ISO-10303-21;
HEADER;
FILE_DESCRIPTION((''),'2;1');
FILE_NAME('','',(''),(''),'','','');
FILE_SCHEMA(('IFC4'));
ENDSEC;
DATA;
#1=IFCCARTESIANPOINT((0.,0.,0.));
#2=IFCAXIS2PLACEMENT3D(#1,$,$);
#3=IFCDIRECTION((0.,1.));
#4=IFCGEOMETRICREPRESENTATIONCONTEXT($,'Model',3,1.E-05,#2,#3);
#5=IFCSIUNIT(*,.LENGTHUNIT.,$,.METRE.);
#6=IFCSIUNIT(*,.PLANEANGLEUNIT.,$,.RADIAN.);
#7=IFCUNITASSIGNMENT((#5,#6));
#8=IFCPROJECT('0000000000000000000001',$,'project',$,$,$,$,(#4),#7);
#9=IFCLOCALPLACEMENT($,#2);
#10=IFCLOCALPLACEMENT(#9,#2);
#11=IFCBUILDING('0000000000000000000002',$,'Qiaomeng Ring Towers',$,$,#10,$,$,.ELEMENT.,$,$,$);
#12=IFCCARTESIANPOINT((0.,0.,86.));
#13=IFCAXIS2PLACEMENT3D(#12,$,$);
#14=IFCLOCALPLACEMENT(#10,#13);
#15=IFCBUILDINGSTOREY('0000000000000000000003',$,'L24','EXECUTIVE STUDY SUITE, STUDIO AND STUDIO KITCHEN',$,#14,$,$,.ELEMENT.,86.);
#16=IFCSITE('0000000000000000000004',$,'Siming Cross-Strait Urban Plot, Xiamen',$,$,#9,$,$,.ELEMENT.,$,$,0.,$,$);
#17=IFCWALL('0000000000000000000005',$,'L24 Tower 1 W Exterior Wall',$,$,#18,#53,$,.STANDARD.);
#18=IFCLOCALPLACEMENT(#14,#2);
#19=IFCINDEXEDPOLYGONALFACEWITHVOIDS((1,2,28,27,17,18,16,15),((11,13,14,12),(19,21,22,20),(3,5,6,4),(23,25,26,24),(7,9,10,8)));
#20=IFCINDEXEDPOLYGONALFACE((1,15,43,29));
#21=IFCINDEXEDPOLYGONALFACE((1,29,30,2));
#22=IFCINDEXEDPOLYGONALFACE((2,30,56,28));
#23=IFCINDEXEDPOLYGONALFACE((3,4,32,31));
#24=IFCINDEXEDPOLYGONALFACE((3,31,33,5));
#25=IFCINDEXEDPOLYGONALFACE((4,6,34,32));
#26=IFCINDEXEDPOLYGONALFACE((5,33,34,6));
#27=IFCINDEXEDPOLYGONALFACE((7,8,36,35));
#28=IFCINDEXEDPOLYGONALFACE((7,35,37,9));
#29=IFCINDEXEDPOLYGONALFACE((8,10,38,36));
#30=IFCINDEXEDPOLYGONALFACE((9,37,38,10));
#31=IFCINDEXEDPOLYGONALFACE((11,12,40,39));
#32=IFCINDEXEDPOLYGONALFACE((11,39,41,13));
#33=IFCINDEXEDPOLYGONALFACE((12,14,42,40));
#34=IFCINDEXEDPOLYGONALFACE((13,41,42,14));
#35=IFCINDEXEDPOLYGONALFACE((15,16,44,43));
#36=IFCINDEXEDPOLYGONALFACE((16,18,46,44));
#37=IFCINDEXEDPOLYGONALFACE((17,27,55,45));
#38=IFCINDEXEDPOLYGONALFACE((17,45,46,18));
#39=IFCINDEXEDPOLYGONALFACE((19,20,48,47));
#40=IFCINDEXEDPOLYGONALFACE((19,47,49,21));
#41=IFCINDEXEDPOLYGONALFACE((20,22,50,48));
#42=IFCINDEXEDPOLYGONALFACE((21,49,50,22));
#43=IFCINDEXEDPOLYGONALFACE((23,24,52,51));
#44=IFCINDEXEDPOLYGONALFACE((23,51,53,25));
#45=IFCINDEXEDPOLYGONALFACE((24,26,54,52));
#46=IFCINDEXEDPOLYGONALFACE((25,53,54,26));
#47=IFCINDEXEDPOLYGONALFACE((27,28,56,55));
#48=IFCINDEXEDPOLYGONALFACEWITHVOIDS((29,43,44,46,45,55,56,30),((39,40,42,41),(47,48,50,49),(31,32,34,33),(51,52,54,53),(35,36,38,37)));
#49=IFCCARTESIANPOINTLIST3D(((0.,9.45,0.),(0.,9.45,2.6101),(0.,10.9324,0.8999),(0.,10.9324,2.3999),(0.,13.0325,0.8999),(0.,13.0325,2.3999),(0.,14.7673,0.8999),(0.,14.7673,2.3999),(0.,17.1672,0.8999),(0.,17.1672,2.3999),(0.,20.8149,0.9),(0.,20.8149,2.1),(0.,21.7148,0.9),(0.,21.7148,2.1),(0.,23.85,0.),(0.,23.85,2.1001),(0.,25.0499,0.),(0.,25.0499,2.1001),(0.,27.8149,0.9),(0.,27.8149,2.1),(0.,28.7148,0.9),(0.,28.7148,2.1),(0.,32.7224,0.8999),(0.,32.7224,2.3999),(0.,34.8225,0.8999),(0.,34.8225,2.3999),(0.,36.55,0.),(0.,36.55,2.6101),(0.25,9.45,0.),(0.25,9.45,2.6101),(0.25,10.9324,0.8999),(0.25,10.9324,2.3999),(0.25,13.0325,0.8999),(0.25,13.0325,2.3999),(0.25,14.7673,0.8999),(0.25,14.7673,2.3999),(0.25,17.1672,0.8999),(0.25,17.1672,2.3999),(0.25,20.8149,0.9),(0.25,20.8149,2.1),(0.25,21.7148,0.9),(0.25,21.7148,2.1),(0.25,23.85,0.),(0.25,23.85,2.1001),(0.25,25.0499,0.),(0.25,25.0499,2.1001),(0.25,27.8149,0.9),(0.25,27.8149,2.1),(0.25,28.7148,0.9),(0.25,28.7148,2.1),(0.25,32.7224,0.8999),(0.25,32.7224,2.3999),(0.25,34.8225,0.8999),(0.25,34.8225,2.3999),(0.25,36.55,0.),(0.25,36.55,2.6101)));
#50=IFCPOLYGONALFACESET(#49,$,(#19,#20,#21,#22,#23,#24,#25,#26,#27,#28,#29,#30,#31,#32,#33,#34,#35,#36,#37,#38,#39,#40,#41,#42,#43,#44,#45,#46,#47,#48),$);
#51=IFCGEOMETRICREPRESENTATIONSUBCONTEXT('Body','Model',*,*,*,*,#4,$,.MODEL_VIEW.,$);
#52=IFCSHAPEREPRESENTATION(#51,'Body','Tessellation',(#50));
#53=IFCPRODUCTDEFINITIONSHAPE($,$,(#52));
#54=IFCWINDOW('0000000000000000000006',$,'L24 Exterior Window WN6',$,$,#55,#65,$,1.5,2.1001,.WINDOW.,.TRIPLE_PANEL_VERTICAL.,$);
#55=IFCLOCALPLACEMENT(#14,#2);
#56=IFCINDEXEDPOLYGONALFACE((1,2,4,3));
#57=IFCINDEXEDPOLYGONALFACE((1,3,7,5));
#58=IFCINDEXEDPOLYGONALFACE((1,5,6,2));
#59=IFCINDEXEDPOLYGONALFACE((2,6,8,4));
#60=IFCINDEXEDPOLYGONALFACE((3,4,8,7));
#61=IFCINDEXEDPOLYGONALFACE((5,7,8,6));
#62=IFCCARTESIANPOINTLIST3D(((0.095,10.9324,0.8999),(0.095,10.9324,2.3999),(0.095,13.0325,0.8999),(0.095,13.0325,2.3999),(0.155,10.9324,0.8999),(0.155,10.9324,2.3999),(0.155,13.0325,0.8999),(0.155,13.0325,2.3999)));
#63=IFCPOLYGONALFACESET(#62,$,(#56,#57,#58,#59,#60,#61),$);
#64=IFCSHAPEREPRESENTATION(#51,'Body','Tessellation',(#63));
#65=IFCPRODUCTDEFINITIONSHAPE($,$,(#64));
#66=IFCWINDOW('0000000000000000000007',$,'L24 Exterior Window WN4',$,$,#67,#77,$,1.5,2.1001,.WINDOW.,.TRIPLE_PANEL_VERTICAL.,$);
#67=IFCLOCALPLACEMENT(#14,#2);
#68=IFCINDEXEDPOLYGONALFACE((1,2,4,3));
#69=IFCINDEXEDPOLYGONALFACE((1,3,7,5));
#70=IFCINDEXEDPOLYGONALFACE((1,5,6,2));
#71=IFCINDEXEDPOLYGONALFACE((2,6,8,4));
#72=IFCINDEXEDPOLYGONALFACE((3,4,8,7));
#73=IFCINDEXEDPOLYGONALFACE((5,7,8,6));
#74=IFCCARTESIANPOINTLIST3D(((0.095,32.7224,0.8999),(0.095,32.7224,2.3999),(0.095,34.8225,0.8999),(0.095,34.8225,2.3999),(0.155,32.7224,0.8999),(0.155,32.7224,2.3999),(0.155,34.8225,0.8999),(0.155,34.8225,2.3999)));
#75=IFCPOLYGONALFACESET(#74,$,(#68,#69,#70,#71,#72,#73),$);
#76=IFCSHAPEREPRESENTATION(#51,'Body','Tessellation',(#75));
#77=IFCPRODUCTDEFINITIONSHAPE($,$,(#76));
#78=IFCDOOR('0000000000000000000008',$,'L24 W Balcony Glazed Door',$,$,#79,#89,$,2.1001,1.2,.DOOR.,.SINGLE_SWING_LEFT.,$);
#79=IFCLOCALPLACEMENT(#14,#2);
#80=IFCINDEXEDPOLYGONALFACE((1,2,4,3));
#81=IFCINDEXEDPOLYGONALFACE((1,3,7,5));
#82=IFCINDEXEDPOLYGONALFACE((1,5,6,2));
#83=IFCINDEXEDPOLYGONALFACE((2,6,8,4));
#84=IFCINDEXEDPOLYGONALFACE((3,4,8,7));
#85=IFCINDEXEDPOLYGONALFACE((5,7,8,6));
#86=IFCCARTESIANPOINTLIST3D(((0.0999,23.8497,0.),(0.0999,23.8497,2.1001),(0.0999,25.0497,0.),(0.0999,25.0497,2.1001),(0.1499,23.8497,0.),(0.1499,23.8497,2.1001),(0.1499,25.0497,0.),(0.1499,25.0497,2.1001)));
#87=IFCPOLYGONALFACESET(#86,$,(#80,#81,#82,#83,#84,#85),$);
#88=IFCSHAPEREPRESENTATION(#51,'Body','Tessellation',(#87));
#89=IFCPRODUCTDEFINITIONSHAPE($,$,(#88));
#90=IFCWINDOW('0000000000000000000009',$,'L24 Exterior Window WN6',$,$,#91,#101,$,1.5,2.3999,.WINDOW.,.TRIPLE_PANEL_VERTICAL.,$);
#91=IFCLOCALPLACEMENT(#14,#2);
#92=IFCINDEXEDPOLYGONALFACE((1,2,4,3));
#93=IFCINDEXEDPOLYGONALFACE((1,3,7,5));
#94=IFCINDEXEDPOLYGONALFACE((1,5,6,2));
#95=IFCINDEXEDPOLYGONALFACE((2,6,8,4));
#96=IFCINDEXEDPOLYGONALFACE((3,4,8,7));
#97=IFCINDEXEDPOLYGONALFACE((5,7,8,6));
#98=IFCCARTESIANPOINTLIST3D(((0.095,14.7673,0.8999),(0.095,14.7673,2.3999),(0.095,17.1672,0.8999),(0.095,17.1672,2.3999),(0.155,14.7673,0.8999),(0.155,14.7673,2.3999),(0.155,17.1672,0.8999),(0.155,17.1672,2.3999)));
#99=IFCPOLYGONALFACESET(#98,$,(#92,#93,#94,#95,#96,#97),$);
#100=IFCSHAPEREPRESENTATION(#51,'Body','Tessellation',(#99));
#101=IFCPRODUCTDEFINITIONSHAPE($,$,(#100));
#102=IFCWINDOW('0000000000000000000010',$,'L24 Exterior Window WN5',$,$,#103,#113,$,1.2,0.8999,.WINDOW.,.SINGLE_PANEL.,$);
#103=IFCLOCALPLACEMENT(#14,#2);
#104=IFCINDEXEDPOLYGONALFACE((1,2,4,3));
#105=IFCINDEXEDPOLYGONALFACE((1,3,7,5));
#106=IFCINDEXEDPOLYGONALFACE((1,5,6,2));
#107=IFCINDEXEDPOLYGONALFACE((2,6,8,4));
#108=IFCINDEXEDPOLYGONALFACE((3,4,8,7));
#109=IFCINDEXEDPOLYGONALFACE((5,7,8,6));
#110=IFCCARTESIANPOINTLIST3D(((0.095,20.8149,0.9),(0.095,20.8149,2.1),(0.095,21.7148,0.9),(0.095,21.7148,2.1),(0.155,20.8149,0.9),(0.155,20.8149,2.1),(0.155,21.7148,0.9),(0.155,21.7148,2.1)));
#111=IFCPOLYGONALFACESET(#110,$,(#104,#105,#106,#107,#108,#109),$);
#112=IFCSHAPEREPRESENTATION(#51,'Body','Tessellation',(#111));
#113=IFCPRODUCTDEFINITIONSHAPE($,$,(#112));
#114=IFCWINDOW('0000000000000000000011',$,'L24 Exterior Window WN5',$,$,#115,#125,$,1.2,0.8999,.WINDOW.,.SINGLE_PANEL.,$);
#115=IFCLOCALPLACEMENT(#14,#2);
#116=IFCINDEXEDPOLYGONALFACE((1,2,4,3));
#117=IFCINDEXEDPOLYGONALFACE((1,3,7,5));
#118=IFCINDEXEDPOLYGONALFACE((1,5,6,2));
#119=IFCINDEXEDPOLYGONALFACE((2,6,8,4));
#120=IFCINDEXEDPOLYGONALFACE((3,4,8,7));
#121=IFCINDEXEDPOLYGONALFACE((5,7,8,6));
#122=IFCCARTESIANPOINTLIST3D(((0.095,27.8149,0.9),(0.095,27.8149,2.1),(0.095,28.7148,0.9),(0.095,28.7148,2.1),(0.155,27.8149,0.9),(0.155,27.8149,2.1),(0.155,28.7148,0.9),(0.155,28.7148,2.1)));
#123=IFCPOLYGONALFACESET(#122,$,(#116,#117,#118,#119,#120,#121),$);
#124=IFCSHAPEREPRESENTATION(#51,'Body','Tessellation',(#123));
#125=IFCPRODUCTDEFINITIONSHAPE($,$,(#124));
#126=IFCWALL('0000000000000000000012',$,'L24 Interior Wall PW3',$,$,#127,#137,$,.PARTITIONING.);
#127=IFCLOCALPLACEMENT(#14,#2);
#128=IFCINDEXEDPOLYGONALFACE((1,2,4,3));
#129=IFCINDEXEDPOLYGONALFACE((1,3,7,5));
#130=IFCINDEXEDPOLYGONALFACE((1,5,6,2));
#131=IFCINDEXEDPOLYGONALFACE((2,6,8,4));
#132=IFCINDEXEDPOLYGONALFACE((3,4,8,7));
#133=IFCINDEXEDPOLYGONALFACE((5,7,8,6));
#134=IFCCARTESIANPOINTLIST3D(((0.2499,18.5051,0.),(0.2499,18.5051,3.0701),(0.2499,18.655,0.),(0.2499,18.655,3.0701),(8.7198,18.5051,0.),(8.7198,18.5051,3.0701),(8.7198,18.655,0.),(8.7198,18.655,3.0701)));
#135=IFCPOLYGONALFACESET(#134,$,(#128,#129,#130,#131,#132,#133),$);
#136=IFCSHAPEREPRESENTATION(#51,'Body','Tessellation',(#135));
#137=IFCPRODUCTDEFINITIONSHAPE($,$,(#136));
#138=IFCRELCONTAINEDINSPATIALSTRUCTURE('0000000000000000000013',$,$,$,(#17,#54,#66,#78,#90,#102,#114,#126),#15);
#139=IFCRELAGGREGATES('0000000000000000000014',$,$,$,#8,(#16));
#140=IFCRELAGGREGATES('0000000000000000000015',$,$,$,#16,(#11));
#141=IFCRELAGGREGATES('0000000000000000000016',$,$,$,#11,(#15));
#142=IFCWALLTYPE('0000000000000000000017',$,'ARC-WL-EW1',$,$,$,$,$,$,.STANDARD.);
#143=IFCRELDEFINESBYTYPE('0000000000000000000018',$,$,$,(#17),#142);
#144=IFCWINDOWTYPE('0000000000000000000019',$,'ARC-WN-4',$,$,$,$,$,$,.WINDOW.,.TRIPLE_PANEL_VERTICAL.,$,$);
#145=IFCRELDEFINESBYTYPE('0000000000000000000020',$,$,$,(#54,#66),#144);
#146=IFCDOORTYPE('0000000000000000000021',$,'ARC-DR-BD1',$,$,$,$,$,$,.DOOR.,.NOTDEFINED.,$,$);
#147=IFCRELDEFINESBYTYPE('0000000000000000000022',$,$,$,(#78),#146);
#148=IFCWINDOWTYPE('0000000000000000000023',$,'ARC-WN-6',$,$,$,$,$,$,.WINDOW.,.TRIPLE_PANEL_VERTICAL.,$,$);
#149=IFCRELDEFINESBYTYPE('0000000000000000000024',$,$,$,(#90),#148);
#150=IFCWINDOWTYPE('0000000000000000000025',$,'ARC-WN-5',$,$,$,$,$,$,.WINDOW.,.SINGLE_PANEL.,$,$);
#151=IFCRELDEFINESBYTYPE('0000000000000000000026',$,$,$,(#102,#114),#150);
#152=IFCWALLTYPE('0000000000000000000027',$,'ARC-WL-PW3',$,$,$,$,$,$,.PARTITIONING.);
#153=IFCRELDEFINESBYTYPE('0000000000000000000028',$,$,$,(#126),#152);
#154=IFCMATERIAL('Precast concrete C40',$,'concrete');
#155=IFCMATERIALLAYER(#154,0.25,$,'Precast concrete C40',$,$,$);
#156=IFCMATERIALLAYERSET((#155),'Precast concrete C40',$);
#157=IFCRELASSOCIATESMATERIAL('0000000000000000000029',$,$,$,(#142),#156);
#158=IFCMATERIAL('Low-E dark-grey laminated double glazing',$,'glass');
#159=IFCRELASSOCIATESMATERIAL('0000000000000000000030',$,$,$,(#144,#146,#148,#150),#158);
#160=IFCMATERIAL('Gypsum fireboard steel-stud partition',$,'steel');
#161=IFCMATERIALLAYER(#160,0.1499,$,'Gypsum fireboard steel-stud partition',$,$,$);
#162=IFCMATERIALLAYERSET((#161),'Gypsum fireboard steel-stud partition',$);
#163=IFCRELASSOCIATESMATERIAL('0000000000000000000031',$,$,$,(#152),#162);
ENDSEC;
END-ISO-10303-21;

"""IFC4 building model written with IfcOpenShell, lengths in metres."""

from ifc_helpers import new_model, si_unit, direction, frame, frame_2d, origin, place, context, subcontext, project, spatial, rectangle, extrude, source, transform, mapped, material, layer, layer_set, type_object, element, fill, save


model = new_model("IFC4")

# Units and contexts
model_context = context("Model", 3, precision=1e-05, world=origin(), true_north=direction((0.0, 1.0)))
body_context = subcontext(model_context, "Body", "Model", "MODEL_VIEW")
ifc_project = project(units=[si_unit("LENGTHUNIT", "METRE"), si_unit("PLANEANGLEUNIT", "RADIAN")], contexts=[model_context])

# Site, building, storey
site_placement = place(None, origin())
site = spatial("IfcSite", under=ifc_project, at=site_placement, Name="Siming Cross-Strait Urban Plot, Xiamen", CompositionType="ELEMENT", RefElevation=0.0)
building_placement = place(site_placement, origin())
building = spatial("IfcBuilding", under=site, at=building_placement, Name="Qiaomeng Ring Towers", CompositionType="ELEMENT")
storey_placement = place(building_placement, frame((0.0, 0.0, 86.0)))
storey = spatial("IfcBuildingStorey", under=building, at=storey_placement, Name="L24", Description="EXECUTIVE STUDY SUITE, STUDIO AND STUDIO KITCHEN", CompositionType="ELEMENT", Elevation=86.0)

# Wall, openings, windows, door
ifc_material_1 = material(Name="Precast concrete C40", Category="concrete")
ifc_layer_1 = layer(ifc_material_1, 0.25, Name="Precast concrete C40")
ifc_layer_set_1 = layer_set([ifc_layer_1], Name="Precast concrete C40")
wall_type_1 = type_object("IfcWallType", Name="ARC-WL-EW1", PredefinedType="STANDARD", material=ifc_layer_set_1)
wall_1_placement = place(storey_placement, frame((0.125, 9.45, 0.0), z_axis=(0.0, 0.0, 1.0), x_axis=(0.0, 1.0, 0.0)))
wall_1 = element("IfcWall", 1, at=wall_1_placement, inside=storey, type_object=wall_type_1, Name="L24 Tower 1 W Exterior Wall", PredefinedType="STANDARD", context=body_context, shape_type="SweptSolid", body=[
    extrude(rectangle(XDim=27.1001, YDim=0.25, at=frame_2d((13.55, 0.0))), origin(), (0.0, 0.0, 1.0), 2.6101),
])
opening_1_placement = place(wall_1_placement, frame((14.3999, 0.0, 0.0)))
opening_1 = element("IfcOpeningElement", 2, at=opening_1_placement, cuts=wall_1, PredefinedType="OPENING", context=body_context, shape_type="SweptSolid", body=[
    extrude(rectangle(XDim=1.2, YDim=2.1001, at=frame_2d((0.6001, 1.05))), frame((0.0, 0.135, 0.0), z_axis=(0.0, -1.0, 0.0), x_axis=(1.0, 0.0, 0.0)), (0.0, 0.0, 1.0), 0.27),
])
opening_2_placement = place(wall_1_placement, frame((1.4824, 0.0, 0.8999)))
opening_2 = element("IfcOpeningElement", 3, at=opening_2_placement, cuts=wall_1, PredefinedType="OPENING", context=body_context, shape_type="SweptSolid", body=[
    extrude(rectangle(XDim=2.1001, YDim=1.5, at=frame_2d((1.05, 0.75))), frame((0.0, 0.135, 0.0), z_axis=(0.0, -1.0, 0.0), x_axis=(1.0, 0.0, 0.0)), (0.0, 0.0, 1.0), 0.27),
])
opening_3_placement = place(wall_1_placement, frame((23.2725, 0.0, 0.8999)))
opening_3 = element("IfcOpeningElement", 4, at=opening_3_placement, cuts=wall_1, PredefinedType="OPENING", context=body_context, shape_type="SweptSolid", body=[
    extrude(rectangle(XDim=2.1001, YDim=1.5, at=frame_2d((1.05, 0.75))), frame((0.0, 0.135, 0.0), z_axis=(0.0, -1.0, 0.0), x_axis=(1.0, 0.0, 0.0)), (0.0, 0.0, 1.0), 0.27),
])
opening_4_placement = place(wall_1_placement, frame((5.3174, 0.0, 0.8999)))
opening_4 = element("IfcOpeningElement", 5, at=opening_4_placement, cuts=wall_1, PredefinedType="OPENING", context=body_context, shape_type="SweptSolid", body=[
    extrude(rectangle(XDim=2.3999, YDim=1.5, at=frame_2d((1.2, 0.75))), frame((0.0, 0.135, 0.0), z_axis=(0.0, -1.0, 0.0), x_axis=(1.0, 0.0, 0.0)), (0.0, 0.0, 1.0), 0.27),
])
opening_5_placement = place(wall_1_placement, frame((11.365, 0.0, 0.8999)))
opening_5 = element("IfcOpeningElement", 6, at=opening_5_placement, cuts=wall_1, PredefinedType="OPENING", context=body_context, shape_type="SweptSolid", body=[
    extrude(rectangle(XDim=0.8999, YDim=1.2, at=frame_2d((0.45, 0.6001))), frame((0.0, 0.135, 0.0), z_axis=(0.0, -1.0, 0.0), x_axis=(1.0, 0.0, 0.0)), (0.0, 0.0, 1.0), 0.27),
])
opening_6_placement = place(wall_1_placement, frame((18.365, 0.0, 0.8999)))
opening_6 = element("IfcOpeningElement", 7, at=opening_6_placement, cuts=wall_1, PredefinedType="OPENING", context=body_context, shape_type="SweptSolid", body=[
    extrude(rectangle(XDim=0.8999, YDim=1.2, at=frame_2d((0.45, 0.6001))), frame((0.0, 0.135, 0.0), z_axis=(0.0, -1.0, 0.0), x_axis=(1.0, 0.0, 0.0)), (0.0, 0.0, 1.0), 0.27),
])
ifc_material_2 = material(Name="Low-E dark-grey laminated double glazing", Category="glass")
window_type_1 = type_object("IfcWindowType", Name="ARC-WN-4", PartitioningType="TRIPLE_PANEL_VERTICAL", PredefinedType="WINDOW", material=ifc_material_2)
shared_shape_1 = source(origin(), body_context, "Body", "SweptSolid", [
    extrude(rectangle(XDim=2.1001, YDim=1.5, at=frame_2d((1.05, 0.75))), frame((0.0, 0.03, 0.0), z_axis=(0.0, -1.0, 0.0), x_axis=(1.0, 0.0, 0.0)), (0.0, 0.0, 1.0), 0.0601),
])
window_1_placement = place(opening_2_placement, origin())
window_1 = element("IfcWindow", 8, at=window_1_placement, inside=storey, type_object=window_type_1, Name="L24 Exterior Window WN6", OverallHeight=1.5, OverallWidth=2.1001, PartitioningType="TRIPLE_PANEL_VERTICAL", PredefinedType="WINDOW", context=body_context, shape_type="MappedRepresentation", body=[
    mapped(shared_shape_1, transform((0.0, 0.0, 0.0), x_axis=(1.0, 0.0, 0.0), y_axis=(0.0, 1.0, 0.0), z_axis=(0.0, 0.0, 1.0), scale=1.0)),
])
fill(opening_2, window_1)
window_2_placement = place(opening_3_placement, origin())
window_2 = element("IfcWindow", 9, at=window_2_placement, inside=storey, type_object=window_type_1, Name="L24 Exterior Window WN4", OverallHeight=1.5, OverallWidth=2.1001, PartitioningType="TRIPLE_PANEL_VERTICAL", PredefinedType="WINDOW", context=body_context, shape_type="MappedRepresentation", body=[
    mapped(shared_shape_1, transform((0.0, 0.0, 0.0), x_axis=(1.0, 0.0, 0.0), y_axis=(0.0, 1.0, 0.0), z_axis=(0.0, 0.0, 1.0), scale=1.0)),
])
fill(opening_3, window_2)
door_type_1 = type_object("IfcDoorType", Name="ARC-DR-BD1", OperationType="NOTDEFINED", PredefinedType="DOOR", material=ifc_material_2)
shared_shape_2 = source(origin(), body_context, "Body", "SweptSolid", [
    extrude(rectangle(XDim=1.2, YDim=2.1001, at=frame_2d((0.6001, 1.05))), frame((0.0, 0.0249, 0.0), z_axis=(0.0, -1.0, 0.0), x_axis=(1.0, 0.0, 0.0)), (0.0, 0.0, 1.0), 0.05),
])
door_1_placement = place(opening_1_placement, frame((1.2, 0.0, 0.0), z_axis=(0.0, 0.0, 1.0), x_axis=(-1.0, 0.0, 0.0)))
door_1 = element("IfcDoor", 10, at=door_1_placement, inside=storey, type_object=door_type_1, Name="L24 W Balcony Glazed Door", OperationType="SINGLE_SWING_LEFT", OverallHeight=2.1001, OverallWidth=1.2, PredefinedType="DOOR", context=body_context, shape_type="MappedRepresentation", body=[
    mapped(shared_shape_2, transform((0.0, 0.0, 0.0), x_axis=(1.0, 0.0, 0.0), y_axis=(0.0, 1.0, 0.0), z_axis=(0.0, 0.0, 1.0), scale=1.0)),
])
fill(opening_1, door_1)
window_type_2 = type_object("IfcWindowType", Name="ARC-WN-6", PartitioningType="TRIPLE_PANEL_VERTICAL", PredefinedType="WINDOW", material=ifc_material_2)
shared_shape_3 = source(origin(), body_context, "Body", "SweptSolid", [
    extrude(rectangle(XDim=2.3999, YDim=1.5, at=frame_2d((1.2, 0.75))), frame((0.0, 0.03, 0.0), z_axis=(0.0, -1.0, 0.0), x_axis=(1.0, 0.0, 0.0)), (0.0, 0.0, 1.0), 0.0601),
])
window_3_placement = place(opening_4_placement, origin())
window_3 = element("IfcWindow", 11, at=window_3_placement, inside=storey, type_object=window_type_2, Name="L24 Exterior Window WN6", OverallHeight=1.5, OverallWidth=2.3999, PartitioningType="TRIPLE_PANEL_VERTICAL", PredefinedType="WINDOW", context=body_context, shape_type="MappedRepresentation", body=[
    mapped(shared_shape_3, transform((0.0, 0.0, 0.0), x_axis=(1.0, 0.0, 0.0), y_axis=(0.0, 1.0, 0.0), z_axis=(0.0, 0.0, 1.0), scale=1.0)),
])
fill(opening_4, window_3)
window_type_3 = type_object("IfcWindowType", Name="ARC-WN-5", PartitioningType="SINGLE_PANEL", PredefinedType="WINDOW", material=ifc_material_2)
shared_shape_4 = source(origin(), body_context, "Body", "SweptSolid", [
    extrude(rectangle(XDim=0.8999, YDim=1.2, at=frame_2d((0.45, 0.6001))), frame((0.0, 0.03, 0.0), z_axis=(0.0, -1.0, 0.0), x_axis=(1.0, 0.0, 0.0)), (0.0, 0.0, 1.0), 0.0601),
])
window_4_placement = place(opening_5_placement, origin())
window_4 = element("IfcWindow", 12, at=window_4_placement, inside=storey, type_object=window_type_3, Name="L24 Exterior Window WN5", OverallHeight=1.2, OverallWidth=0.8999, PartitioningType="SINGLE_PANEL", PredefinedType="WINDOW", context=body_context, shape_type="MappedRepresentation", body=[
    mapped(shared_shape_4, transform((0.0, 0.0, 0.0), x_axis=(1.0, 0.0, 0.0), y_axis=(0.0, 1.0, 0.0), z_axis=(0.0, 0.0, 1.0), scale=1.0)),
])
fill(opening_5, window_4)
window_5_placement = place(opening_6_placement, origin())
window_5 = element("IfcWindow", 13, at=window_5_placement, inside=storey, type_object=window_type_3, Name="L24 Exterior Window WN5", OverallHeight=1.2, OverallWidth=0.8999, PartitioningType="SINGLE_PANEL", PredefinedType="WINDOW", context=body_context, shape_type="MappedRepresentation", body=[
    mapped(shared_shape_4, transform((0.0, 0.0, 0.0), x_axis=(1.0, 0.0, 0.0), y_axis=(0.0, 1.0, 0.0), z_axis=(0.0, 0.0, 1.0), scale=1.0)),
])
fill(opening_6, window_5)

# Wall
ifc_material_3 = material(Name="Gypsum fireboard steel-stud partition", Category="steel")
ifc_layer_2 = layer(ifc_material_3, 0.1499, Name="Gypsum fireboard steel-stud partition")
ifc_layer_set_2 = layer_set([ifc_layer_2], Name="Gypsum fireboard steel-stud partition")
wall_type_2 = type_object("IfcWallType", Name="ARC-WL-PW3", PredefinedType="PARTITIONING", material=ifc_layer_set_2)
wall_2_placement = place(storey_placement, frame((0.25, 18.5801, 0.0), z_axis=(0.0, 0.0, 1.0), x_axis=(1.0, 0.0, 0.0)))
element("IfcWall", 14, at=wall_2_placement, inside=storey, type_object=wall_type_2, Name="L24 Interior Wall PW3", PredefinedType="PARTITIONING", context=body_context, shape_type="SweptSolid", body=[
    extrude(rectangle(XDim=8.47, YDim=0.1499, at=frame_2d((4.2349, 0.0))), origin(), (0.0, 0.0, 1.0), 3.0701),
])

save(model, "model.ifc")
